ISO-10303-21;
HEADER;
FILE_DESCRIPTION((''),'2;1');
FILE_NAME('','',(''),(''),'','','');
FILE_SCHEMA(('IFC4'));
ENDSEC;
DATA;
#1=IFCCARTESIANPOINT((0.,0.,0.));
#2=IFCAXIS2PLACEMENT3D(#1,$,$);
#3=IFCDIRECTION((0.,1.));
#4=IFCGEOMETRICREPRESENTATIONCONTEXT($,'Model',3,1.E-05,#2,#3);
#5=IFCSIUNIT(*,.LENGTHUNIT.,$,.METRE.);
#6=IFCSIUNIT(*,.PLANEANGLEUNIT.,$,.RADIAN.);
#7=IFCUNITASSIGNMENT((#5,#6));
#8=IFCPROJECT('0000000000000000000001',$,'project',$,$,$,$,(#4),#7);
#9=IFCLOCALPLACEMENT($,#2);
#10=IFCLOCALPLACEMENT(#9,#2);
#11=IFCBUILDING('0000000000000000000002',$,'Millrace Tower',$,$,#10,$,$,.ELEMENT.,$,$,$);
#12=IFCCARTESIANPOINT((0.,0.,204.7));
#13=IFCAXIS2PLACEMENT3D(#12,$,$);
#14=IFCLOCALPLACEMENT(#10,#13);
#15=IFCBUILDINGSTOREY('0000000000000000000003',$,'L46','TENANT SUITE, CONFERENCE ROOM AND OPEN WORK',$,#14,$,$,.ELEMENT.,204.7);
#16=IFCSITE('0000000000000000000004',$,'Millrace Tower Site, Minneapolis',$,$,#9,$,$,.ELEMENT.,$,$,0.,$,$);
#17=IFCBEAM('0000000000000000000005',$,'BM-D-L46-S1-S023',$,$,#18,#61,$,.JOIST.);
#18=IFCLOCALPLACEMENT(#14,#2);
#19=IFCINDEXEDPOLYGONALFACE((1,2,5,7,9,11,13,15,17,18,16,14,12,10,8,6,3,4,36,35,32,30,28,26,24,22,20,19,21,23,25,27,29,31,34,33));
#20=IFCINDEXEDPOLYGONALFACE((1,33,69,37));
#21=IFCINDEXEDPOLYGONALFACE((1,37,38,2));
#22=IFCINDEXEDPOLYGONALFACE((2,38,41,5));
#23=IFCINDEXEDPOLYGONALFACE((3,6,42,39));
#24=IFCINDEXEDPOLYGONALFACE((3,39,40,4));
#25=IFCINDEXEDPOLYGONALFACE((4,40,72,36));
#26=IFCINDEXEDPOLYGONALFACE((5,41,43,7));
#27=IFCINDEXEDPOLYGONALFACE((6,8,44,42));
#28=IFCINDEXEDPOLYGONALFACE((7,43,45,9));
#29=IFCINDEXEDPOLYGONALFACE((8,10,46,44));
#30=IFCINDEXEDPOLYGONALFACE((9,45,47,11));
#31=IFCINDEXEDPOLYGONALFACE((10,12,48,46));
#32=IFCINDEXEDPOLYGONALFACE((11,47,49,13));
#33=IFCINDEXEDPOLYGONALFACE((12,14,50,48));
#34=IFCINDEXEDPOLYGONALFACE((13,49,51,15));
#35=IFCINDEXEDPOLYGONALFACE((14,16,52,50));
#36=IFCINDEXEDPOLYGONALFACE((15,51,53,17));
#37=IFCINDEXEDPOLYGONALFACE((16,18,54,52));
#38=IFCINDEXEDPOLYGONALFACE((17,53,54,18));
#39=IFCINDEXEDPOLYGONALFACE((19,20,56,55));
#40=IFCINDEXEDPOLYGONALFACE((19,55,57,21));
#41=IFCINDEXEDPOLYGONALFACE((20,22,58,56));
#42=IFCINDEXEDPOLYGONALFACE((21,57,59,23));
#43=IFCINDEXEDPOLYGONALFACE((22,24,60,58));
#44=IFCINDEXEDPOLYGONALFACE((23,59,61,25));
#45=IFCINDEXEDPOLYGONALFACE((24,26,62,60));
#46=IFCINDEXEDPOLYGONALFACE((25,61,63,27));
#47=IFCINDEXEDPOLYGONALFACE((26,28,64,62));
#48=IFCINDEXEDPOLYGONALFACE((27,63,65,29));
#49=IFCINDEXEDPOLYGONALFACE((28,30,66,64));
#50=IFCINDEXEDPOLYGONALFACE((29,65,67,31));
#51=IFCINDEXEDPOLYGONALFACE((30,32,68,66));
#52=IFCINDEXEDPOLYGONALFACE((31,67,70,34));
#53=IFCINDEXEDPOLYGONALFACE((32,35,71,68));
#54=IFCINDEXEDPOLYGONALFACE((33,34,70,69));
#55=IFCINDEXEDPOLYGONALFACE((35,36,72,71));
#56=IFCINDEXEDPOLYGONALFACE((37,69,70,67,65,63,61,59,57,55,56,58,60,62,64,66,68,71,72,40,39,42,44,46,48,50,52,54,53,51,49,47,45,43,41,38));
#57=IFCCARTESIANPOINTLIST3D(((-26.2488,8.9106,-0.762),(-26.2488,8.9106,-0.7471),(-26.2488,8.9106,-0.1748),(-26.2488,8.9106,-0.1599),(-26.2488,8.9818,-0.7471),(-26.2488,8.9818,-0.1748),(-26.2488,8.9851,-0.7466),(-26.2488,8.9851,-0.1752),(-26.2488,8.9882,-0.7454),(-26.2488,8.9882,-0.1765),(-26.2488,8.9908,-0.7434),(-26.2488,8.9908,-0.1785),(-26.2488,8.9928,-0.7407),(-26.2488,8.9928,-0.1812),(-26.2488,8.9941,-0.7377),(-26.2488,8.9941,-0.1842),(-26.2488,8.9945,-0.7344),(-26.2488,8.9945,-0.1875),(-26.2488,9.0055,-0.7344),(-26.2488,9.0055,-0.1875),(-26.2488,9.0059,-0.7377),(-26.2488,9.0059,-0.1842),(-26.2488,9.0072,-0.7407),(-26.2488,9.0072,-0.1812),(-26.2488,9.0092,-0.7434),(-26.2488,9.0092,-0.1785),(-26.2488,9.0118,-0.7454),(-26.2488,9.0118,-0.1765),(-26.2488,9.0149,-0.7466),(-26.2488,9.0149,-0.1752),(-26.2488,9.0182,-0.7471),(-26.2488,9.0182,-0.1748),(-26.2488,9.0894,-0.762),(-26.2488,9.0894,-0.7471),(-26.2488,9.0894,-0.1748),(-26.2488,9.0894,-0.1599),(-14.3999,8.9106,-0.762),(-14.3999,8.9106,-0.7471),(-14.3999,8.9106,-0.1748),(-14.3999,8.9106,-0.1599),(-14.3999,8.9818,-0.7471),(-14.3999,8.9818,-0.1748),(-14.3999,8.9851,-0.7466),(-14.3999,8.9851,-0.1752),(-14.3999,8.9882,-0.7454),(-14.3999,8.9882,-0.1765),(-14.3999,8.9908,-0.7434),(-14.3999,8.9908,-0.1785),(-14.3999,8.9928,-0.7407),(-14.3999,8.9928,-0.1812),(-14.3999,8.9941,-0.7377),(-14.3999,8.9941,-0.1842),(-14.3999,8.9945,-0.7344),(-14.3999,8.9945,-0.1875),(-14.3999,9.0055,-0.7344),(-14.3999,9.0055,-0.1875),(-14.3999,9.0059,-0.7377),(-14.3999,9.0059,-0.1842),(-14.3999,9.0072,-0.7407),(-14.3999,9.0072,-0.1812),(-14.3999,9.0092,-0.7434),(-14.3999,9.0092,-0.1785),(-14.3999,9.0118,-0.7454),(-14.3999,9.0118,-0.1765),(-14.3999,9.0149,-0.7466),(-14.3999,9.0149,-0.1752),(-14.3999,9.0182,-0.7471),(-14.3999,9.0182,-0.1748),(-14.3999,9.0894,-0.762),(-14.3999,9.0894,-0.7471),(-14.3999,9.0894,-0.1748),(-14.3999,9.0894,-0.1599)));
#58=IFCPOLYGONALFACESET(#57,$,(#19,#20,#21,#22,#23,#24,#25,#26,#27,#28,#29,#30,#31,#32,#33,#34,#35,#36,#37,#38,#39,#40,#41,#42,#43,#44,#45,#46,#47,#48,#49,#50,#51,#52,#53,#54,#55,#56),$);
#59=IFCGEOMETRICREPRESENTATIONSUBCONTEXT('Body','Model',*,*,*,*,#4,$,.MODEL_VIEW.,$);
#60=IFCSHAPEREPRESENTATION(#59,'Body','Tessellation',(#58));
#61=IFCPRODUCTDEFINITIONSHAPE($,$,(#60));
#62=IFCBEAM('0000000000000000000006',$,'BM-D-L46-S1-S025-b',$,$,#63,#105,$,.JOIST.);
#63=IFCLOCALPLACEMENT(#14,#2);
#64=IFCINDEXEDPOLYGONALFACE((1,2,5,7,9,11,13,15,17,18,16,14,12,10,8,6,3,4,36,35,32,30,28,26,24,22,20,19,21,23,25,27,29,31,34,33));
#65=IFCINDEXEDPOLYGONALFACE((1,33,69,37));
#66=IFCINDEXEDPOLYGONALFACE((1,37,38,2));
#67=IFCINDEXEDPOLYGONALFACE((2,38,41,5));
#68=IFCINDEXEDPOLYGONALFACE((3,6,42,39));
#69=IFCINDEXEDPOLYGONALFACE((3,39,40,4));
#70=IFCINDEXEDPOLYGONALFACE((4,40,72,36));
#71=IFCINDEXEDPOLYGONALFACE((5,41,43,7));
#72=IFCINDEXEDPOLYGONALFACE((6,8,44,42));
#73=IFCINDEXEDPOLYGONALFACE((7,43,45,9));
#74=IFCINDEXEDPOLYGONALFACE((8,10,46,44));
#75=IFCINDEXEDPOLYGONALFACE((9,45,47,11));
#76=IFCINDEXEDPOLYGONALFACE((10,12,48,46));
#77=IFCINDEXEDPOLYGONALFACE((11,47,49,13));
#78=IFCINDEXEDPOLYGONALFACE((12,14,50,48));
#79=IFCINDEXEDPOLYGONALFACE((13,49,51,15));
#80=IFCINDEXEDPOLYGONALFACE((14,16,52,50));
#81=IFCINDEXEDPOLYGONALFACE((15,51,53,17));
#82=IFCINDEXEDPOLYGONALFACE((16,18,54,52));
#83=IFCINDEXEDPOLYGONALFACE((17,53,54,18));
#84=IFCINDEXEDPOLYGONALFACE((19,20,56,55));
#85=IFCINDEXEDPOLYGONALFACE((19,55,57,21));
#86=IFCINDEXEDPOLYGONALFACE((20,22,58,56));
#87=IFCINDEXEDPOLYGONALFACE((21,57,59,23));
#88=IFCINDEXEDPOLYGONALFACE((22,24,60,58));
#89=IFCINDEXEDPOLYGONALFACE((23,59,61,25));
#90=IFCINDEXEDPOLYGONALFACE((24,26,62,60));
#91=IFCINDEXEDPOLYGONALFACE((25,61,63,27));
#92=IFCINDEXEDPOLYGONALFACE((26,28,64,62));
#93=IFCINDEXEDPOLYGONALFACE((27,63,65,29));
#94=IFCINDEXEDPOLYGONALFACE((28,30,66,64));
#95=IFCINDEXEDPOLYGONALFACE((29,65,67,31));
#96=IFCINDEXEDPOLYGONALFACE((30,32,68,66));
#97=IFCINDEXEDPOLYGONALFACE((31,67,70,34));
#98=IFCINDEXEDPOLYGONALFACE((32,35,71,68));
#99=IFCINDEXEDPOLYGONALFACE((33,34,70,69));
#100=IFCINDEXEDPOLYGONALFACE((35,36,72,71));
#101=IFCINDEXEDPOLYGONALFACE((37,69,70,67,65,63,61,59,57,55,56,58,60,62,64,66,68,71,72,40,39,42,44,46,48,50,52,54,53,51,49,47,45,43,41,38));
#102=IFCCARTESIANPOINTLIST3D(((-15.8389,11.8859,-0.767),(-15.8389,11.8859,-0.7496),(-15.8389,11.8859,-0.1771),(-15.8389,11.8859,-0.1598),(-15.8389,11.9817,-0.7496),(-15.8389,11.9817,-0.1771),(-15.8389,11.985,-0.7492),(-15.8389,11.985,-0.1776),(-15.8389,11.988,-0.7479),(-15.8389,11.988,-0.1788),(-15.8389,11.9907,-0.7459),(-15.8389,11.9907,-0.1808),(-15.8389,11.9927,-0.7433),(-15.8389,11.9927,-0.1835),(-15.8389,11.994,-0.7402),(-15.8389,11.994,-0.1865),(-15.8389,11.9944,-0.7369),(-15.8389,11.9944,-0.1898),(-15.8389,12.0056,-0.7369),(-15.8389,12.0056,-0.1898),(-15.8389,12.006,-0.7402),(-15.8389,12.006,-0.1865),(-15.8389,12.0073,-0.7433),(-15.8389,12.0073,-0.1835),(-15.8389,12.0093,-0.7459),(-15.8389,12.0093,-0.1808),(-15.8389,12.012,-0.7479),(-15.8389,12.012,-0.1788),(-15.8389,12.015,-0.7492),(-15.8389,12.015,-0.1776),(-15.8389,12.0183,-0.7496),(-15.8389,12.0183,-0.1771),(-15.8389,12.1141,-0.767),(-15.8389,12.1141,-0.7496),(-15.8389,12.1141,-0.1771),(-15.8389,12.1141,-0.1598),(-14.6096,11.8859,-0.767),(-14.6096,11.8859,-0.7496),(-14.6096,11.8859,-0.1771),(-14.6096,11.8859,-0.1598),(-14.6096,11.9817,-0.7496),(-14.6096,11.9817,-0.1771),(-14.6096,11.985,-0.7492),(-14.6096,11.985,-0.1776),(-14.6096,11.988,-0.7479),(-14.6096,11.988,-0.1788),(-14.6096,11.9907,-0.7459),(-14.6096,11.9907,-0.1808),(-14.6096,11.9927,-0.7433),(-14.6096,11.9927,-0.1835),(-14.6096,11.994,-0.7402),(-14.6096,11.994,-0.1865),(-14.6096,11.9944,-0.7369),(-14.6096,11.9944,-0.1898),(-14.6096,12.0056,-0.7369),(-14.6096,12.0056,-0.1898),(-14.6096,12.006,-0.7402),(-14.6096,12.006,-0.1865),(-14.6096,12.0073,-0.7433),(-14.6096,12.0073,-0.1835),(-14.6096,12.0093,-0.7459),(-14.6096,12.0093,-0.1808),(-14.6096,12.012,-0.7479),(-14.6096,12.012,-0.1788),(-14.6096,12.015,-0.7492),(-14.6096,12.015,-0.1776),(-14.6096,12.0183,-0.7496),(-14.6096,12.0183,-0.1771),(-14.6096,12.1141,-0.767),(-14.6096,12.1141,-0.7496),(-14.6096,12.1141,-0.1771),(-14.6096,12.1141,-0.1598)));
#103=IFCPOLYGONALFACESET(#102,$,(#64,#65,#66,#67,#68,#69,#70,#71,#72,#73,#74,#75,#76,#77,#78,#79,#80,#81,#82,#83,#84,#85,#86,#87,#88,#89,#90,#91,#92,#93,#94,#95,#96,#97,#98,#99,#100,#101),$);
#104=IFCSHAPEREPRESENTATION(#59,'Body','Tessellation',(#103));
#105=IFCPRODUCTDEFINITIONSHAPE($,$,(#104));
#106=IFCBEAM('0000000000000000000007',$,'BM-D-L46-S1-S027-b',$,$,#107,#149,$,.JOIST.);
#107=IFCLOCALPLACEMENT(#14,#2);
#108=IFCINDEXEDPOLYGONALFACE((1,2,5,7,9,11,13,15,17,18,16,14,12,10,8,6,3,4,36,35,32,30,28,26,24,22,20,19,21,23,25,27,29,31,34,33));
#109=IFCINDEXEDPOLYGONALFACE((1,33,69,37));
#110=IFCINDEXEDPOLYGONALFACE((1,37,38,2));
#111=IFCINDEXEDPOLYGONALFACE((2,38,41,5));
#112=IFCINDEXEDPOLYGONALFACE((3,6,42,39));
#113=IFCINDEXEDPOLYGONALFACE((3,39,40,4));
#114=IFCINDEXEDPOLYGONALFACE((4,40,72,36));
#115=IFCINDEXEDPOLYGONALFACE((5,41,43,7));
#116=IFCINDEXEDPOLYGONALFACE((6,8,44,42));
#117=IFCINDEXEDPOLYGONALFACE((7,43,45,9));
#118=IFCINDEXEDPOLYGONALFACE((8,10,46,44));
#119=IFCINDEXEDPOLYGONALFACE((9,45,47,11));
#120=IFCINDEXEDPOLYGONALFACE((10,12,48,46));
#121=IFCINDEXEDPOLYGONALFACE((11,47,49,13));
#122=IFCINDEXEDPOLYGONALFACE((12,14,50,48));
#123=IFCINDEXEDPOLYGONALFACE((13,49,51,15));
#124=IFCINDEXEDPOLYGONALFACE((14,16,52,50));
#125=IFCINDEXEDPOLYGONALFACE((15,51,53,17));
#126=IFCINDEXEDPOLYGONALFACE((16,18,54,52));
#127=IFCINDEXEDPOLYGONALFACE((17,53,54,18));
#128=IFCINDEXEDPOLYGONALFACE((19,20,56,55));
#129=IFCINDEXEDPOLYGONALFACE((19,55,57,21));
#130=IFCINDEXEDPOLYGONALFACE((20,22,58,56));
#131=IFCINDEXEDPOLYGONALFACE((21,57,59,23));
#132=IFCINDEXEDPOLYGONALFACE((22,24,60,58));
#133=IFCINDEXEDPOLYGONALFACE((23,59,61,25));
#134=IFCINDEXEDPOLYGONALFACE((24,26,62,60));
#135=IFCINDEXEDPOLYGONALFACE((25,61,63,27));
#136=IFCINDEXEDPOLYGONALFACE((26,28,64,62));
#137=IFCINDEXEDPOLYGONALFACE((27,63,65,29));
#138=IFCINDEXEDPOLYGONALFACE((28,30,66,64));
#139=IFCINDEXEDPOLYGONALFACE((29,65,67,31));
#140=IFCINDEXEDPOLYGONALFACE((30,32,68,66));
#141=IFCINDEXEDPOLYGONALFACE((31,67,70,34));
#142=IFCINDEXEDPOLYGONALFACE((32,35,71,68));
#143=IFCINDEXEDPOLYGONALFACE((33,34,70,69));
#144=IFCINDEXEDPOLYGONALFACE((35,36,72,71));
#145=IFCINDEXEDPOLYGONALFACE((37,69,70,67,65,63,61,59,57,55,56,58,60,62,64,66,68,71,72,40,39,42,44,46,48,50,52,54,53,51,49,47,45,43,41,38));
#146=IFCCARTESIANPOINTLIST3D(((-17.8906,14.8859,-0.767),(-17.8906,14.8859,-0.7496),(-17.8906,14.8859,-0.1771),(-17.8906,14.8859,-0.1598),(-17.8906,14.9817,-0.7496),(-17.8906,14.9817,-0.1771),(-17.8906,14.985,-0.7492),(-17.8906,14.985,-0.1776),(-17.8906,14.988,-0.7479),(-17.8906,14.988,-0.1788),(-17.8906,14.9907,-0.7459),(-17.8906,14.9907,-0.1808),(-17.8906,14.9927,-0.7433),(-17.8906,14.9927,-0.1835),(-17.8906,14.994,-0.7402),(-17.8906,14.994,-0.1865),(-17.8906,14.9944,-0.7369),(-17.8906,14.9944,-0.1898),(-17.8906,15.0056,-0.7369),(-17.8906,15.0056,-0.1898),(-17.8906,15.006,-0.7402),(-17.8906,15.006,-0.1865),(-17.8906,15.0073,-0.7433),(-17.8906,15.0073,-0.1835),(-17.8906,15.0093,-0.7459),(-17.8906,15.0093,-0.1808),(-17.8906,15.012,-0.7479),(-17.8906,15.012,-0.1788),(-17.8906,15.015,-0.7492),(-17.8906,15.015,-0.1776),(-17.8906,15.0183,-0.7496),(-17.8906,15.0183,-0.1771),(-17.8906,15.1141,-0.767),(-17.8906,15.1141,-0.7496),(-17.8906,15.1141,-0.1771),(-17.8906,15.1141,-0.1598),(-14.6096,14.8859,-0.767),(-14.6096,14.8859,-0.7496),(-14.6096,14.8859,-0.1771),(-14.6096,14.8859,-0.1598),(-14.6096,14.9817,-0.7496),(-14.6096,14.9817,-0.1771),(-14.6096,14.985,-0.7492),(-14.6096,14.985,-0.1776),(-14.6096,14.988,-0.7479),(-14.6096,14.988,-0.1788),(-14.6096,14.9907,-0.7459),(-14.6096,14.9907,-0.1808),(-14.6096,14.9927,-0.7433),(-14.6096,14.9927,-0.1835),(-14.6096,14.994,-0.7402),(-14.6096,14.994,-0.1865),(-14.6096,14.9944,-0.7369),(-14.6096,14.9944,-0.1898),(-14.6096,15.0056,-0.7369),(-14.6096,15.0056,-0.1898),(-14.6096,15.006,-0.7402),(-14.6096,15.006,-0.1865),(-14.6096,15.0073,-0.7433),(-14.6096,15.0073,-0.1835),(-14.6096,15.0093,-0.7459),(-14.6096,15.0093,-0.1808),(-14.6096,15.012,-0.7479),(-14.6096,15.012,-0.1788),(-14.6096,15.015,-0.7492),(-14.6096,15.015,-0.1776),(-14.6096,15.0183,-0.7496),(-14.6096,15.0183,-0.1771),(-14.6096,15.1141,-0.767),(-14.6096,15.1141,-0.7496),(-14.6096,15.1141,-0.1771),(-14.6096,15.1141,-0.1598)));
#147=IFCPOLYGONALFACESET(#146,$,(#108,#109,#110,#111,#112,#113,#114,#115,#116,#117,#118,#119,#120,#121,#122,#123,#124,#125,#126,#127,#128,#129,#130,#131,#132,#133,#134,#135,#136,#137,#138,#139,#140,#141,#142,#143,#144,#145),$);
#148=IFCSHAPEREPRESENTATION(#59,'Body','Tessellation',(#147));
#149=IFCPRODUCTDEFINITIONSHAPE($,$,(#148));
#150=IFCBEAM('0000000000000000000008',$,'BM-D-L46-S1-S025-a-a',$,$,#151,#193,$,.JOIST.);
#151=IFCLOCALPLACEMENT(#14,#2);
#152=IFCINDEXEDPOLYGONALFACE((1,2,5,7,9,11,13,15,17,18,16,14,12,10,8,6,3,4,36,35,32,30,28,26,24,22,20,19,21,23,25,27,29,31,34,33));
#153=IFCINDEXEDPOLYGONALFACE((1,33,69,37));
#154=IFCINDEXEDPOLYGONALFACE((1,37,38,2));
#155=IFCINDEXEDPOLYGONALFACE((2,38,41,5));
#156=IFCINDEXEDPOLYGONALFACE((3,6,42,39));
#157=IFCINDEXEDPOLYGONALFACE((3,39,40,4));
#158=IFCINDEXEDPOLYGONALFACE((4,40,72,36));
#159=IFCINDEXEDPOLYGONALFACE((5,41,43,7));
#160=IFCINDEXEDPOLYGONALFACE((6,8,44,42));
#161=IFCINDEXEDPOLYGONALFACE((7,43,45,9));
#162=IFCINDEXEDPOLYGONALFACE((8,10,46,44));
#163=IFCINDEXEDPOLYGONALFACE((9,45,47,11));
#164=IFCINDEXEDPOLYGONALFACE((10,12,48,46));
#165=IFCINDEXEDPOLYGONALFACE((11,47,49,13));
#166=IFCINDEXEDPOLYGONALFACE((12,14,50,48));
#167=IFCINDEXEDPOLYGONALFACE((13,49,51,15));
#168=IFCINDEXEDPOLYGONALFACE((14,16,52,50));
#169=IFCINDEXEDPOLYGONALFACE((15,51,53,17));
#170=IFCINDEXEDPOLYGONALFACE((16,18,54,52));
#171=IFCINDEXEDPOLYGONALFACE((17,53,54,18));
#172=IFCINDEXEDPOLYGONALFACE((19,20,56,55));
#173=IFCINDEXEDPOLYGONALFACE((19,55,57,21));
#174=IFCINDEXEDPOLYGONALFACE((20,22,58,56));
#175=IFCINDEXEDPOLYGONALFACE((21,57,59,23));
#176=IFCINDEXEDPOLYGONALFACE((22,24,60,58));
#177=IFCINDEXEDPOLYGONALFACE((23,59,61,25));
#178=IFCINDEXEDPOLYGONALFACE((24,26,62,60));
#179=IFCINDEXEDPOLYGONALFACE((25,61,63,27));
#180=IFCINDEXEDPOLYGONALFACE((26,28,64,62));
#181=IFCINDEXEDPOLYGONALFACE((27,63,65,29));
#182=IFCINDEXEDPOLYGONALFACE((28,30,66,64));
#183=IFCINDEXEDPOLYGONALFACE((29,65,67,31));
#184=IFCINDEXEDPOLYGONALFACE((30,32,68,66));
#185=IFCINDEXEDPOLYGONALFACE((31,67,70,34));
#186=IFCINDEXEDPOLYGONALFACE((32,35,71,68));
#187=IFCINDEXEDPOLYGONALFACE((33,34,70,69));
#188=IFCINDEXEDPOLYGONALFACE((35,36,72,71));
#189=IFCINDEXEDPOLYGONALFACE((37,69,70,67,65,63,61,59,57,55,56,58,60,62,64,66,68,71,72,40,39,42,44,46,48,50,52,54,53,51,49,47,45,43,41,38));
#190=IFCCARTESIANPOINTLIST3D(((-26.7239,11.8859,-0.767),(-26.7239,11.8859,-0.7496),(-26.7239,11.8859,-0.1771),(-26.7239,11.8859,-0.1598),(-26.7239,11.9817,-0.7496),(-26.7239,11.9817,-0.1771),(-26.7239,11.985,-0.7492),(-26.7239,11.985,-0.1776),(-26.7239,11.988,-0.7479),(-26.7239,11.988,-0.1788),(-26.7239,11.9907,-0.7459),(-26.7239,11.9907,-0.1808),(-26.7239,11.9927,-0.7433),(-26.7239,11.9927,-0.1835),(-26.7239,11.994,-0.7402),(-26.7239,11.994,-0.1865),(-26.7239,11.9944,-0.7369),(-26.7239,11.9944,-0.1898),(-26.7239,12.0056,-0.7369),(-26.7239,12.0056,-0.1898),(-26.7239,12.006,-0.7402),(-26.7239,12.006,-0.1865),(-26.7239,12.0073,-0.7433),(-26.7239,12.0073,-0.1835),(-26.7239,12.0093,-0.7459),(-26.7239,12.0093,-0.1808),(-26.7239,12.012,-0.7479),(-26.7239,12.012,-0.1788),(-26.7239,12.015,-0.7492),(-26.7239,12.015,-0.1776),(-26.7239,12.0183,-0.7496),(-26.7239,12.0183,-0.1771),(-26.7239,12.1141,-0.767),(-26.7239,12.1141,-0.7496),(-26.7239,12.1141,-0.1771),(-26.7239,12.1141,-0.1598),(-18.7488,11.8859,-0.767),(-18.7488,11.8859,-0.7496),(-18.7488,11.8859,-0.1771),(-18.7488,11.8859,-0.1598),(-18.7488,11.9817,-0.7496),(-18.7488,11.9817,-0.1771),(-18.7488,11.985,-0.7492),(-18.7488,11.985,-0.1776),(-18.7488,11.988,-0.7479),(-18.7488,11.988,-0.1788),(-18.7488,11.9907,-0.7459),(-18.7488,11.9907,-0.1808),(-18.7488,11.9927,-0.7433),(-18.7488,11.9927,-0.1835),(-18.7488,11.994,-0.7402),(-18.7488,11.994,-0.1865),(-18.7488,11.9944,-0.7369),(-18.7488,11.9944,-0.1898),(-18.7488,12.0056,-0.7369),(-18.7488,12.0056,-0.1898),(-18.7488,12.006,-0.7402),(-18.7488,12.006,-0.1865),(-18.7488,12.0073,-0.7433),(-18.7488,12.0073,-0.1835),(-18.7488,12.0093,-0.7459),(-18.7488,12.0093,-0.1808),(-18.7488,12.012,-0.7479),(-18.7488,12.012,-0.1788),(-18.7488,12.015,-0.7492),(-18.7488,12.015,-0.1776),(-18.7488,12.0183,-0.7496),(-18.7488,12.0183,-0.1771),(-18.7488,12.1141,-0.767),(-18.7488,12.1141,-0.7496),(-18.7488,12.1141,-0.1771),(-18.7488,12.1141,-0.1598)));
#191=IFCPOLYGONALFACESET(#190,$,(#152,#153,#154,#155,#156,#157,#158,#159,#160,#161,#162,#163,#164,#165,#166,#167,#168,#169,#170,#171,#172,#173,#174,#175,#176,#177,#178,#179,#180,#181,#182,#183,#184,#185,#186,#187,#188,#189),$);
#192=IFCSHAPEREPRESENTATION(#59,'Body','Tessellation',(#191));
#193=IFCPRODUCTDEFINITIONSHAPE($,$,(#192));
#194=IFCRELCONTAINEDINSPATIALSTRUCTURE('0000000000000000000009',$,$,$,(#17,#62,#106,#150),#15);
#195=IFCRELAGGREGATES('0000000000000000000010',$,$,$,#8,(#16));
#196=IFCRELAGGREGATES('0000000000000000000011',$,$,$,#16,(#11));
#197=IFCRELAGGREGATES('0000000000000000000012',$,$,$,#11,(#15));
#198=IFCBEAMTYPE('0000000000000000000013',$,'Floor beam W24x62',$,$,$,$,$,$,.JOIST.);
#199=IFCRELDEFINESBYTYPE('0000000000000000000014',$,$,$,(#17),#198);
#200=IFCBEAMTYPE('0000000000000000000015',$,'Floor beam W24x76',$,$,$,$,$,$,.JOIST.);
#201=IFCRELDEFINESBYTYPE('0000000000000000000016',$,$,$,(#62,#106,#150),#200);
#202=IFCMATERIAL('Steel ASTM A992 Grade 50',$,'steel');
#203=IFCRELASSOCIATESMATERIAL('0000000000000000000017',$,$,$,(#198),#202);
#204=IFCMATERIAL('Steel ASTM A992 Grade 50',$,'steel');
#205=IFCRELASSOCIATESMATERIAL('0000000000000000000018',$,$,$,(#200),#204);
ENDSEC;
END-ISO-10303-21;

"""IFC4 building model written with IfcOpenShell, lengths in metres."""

from ifc_helpers import new_model, si_unit, direction, frame, origin, origin_2d, place, context, subcontext, project, spatial, i_section, extrude, material, material_profile, profile_set, type_object, element, save


model = new_model("IFC4")

# Units and contexts
model_context = context("Model", 3, precision=1e-05, world=origin(), true_north=direction((0.0, 1.0)))
body_context = subcontext(model_context, "Body", "Model", "MODEL_VIEW")
ifc_project = project(units=[si_unit("LENGTHUNIT", "METRE"), si_unit("PLANEANGLEUNIT", "RADIAN")], contexts=[model_context])

# Site, building, storey
site_placement = place(None, origin())
site = spatial("IfcSite", under=ifc_project, at=site_placement, Name="Millrace Tower Site, Minneapolis", CompositionType="ELEMENT", RefElevation=0.0)
building_placement = place(site_placement, origin())
building = spatial("IfcBuilding", under=site, at=building_placement, Name="Millrace Tower", CompositionType="ELEMENT")
storey_placement = place(building_placement, frame((0.0, 0.0, 204.7)))
storey = spatial("IfcBuildingStorey", under=building, at=storey_placement, Name="L46", Description="TENANT SUITE, CONFERENCE ROOM AND OPEN WORK", CompositionType="ELEMENT", Elevation=204.7)

# Beams
ifc_material_1 = material(Name="Steel ASTM A992 Grade 50", Category="steel")
ifc_material_profile_1 = material_profile(ifc_material_1, i_section(OverallWidth=0.1787, OverallDepth=0.6021, WebThickness=0.011, FlangeThickness=0.0149, FilletRadius=0.0127, at=origin_2d()))
ifc_profile_set_1 = profile_set([ifc_material_profile_1], Name="Steel ASTM A992 Grade 50")
beam_type_1 = type_object("IfcBeamType", Name="Floor beam W24x62", PredefinedType="JOIST", material=ifc_profile_set_1)
beam_1_placement = place(storey_placement, frame((-26.2488, 9.0, -0.4609), z_axis=(1.0, 0.0, 0.0), x_axis=(0.0, 1.0, 0.0)))
element("IfcBeam", 1, at=beam_1_placement, inside=storey, type_object=beam_type_1, Name="BM-D-L46-S1-S023", PredefinedType="JOIST", context=body_context, shape_type="SweptSolid", body=[
    extrude(i_section(OverallWidth=0.1787, OverallDepth=0.6021, WebThickness=0.011, FlangeThickness=0.0149, FilletRadius=0.0127, at=origin_2d()), origin(), (0.0, 0.0, 1.0), 11.8489),
])
ifc_material_2 = material(Name="Steel ASTM A992 Grade 50", Category="steel")
ifc_material_profile_2 = material_profile(ifc_material_2, i_section(OverallWidth=0.2283, OverallDepth=0.6072, WebThickness=0.0112, FlangeThickness=0.0173, FilletRadius=0.0127, at=origin_2d()))
ifc_profile_set_2 = profile_set([ifc_material_profile_2], Name="Steel ASTM A992 Grade 50")
beam_type_2 = type_object("IfcBeamType", Name="Floor beam W24x76", PredefinedType="JOIST", material=ifc_profile_set_2)
beam_2_placement = place(storey_placement, frame((-15.8389, 12.0, -0.4634), z_axis=(1.0, 0.0, 0.0), x_axis=(0.0, 1.0, 0.0)))
element("IfcBeam", 2, at=beam_2_placement, inside=storey, type_object=beam_type_2, Name="BM-D-L46-S1-S025-b", PredefinedType="JOIST", context=body_context, shape_type="SweptSolid", body=[
    extrude(i_section(OverallWidth=0.2283, OverallDepth=0.6072, WebThickness=0.0112, FlangeThickness=0.0173, FilletRadius=0.0127, at=origin_2d()), origin(), (0.0, 0.0, 1.0), 1.2292),
])
beam_3_placement = place(storey_placement, frame((-17.8906, 15.0, -0.4634), z_axis=(1.0, 0.0, 0.0), x_axis=(0.0, 1.0, 0.0)))
element("IfcBeam", 3, at=beam_3_placement, inside=storey, type_object=beam_type_2, Name="BM-D-L46-S1-S027-b", PredefinedType="JOIST", context=body_context, shape_type="SweptSolid", body=[
    extrude(i_section(OverallWidth=0.2283, OverallDepth=0.6072, WebThickness=0.0112, FlangeThickness=0.0173, FilletRadius=0.0127, at=origin_2d()), origin(), (0.0, 0.0, 1.0), 3.281),
])
beam_4_placement = place(storey_placement, frame((-26.7239, 12.0, -0.4634), z_axis=(1.0, 0.0, 0.0), x_axis=(0.0, 1.0, 0.0)))
element("IfcBeam", 4, at=beam_4_placement, inside=storey, type_object=beam_type_2, Name="BM-D-L46-S1-S025-a-a", PredefinedType="JOIST", context=body_context, shape_type="SweptSolid", body=[
    extrude(i_section(OverallWidth=0.2283, OverallDepth=0.6072, WebThickness=0.0112, FlangeThickness=0.0173, FilletRadius=0.0127, at=origin_2d()), origin(), (0.0, 0.0, 1.0), 7.9751),
])

save(model, "model.ifc")
